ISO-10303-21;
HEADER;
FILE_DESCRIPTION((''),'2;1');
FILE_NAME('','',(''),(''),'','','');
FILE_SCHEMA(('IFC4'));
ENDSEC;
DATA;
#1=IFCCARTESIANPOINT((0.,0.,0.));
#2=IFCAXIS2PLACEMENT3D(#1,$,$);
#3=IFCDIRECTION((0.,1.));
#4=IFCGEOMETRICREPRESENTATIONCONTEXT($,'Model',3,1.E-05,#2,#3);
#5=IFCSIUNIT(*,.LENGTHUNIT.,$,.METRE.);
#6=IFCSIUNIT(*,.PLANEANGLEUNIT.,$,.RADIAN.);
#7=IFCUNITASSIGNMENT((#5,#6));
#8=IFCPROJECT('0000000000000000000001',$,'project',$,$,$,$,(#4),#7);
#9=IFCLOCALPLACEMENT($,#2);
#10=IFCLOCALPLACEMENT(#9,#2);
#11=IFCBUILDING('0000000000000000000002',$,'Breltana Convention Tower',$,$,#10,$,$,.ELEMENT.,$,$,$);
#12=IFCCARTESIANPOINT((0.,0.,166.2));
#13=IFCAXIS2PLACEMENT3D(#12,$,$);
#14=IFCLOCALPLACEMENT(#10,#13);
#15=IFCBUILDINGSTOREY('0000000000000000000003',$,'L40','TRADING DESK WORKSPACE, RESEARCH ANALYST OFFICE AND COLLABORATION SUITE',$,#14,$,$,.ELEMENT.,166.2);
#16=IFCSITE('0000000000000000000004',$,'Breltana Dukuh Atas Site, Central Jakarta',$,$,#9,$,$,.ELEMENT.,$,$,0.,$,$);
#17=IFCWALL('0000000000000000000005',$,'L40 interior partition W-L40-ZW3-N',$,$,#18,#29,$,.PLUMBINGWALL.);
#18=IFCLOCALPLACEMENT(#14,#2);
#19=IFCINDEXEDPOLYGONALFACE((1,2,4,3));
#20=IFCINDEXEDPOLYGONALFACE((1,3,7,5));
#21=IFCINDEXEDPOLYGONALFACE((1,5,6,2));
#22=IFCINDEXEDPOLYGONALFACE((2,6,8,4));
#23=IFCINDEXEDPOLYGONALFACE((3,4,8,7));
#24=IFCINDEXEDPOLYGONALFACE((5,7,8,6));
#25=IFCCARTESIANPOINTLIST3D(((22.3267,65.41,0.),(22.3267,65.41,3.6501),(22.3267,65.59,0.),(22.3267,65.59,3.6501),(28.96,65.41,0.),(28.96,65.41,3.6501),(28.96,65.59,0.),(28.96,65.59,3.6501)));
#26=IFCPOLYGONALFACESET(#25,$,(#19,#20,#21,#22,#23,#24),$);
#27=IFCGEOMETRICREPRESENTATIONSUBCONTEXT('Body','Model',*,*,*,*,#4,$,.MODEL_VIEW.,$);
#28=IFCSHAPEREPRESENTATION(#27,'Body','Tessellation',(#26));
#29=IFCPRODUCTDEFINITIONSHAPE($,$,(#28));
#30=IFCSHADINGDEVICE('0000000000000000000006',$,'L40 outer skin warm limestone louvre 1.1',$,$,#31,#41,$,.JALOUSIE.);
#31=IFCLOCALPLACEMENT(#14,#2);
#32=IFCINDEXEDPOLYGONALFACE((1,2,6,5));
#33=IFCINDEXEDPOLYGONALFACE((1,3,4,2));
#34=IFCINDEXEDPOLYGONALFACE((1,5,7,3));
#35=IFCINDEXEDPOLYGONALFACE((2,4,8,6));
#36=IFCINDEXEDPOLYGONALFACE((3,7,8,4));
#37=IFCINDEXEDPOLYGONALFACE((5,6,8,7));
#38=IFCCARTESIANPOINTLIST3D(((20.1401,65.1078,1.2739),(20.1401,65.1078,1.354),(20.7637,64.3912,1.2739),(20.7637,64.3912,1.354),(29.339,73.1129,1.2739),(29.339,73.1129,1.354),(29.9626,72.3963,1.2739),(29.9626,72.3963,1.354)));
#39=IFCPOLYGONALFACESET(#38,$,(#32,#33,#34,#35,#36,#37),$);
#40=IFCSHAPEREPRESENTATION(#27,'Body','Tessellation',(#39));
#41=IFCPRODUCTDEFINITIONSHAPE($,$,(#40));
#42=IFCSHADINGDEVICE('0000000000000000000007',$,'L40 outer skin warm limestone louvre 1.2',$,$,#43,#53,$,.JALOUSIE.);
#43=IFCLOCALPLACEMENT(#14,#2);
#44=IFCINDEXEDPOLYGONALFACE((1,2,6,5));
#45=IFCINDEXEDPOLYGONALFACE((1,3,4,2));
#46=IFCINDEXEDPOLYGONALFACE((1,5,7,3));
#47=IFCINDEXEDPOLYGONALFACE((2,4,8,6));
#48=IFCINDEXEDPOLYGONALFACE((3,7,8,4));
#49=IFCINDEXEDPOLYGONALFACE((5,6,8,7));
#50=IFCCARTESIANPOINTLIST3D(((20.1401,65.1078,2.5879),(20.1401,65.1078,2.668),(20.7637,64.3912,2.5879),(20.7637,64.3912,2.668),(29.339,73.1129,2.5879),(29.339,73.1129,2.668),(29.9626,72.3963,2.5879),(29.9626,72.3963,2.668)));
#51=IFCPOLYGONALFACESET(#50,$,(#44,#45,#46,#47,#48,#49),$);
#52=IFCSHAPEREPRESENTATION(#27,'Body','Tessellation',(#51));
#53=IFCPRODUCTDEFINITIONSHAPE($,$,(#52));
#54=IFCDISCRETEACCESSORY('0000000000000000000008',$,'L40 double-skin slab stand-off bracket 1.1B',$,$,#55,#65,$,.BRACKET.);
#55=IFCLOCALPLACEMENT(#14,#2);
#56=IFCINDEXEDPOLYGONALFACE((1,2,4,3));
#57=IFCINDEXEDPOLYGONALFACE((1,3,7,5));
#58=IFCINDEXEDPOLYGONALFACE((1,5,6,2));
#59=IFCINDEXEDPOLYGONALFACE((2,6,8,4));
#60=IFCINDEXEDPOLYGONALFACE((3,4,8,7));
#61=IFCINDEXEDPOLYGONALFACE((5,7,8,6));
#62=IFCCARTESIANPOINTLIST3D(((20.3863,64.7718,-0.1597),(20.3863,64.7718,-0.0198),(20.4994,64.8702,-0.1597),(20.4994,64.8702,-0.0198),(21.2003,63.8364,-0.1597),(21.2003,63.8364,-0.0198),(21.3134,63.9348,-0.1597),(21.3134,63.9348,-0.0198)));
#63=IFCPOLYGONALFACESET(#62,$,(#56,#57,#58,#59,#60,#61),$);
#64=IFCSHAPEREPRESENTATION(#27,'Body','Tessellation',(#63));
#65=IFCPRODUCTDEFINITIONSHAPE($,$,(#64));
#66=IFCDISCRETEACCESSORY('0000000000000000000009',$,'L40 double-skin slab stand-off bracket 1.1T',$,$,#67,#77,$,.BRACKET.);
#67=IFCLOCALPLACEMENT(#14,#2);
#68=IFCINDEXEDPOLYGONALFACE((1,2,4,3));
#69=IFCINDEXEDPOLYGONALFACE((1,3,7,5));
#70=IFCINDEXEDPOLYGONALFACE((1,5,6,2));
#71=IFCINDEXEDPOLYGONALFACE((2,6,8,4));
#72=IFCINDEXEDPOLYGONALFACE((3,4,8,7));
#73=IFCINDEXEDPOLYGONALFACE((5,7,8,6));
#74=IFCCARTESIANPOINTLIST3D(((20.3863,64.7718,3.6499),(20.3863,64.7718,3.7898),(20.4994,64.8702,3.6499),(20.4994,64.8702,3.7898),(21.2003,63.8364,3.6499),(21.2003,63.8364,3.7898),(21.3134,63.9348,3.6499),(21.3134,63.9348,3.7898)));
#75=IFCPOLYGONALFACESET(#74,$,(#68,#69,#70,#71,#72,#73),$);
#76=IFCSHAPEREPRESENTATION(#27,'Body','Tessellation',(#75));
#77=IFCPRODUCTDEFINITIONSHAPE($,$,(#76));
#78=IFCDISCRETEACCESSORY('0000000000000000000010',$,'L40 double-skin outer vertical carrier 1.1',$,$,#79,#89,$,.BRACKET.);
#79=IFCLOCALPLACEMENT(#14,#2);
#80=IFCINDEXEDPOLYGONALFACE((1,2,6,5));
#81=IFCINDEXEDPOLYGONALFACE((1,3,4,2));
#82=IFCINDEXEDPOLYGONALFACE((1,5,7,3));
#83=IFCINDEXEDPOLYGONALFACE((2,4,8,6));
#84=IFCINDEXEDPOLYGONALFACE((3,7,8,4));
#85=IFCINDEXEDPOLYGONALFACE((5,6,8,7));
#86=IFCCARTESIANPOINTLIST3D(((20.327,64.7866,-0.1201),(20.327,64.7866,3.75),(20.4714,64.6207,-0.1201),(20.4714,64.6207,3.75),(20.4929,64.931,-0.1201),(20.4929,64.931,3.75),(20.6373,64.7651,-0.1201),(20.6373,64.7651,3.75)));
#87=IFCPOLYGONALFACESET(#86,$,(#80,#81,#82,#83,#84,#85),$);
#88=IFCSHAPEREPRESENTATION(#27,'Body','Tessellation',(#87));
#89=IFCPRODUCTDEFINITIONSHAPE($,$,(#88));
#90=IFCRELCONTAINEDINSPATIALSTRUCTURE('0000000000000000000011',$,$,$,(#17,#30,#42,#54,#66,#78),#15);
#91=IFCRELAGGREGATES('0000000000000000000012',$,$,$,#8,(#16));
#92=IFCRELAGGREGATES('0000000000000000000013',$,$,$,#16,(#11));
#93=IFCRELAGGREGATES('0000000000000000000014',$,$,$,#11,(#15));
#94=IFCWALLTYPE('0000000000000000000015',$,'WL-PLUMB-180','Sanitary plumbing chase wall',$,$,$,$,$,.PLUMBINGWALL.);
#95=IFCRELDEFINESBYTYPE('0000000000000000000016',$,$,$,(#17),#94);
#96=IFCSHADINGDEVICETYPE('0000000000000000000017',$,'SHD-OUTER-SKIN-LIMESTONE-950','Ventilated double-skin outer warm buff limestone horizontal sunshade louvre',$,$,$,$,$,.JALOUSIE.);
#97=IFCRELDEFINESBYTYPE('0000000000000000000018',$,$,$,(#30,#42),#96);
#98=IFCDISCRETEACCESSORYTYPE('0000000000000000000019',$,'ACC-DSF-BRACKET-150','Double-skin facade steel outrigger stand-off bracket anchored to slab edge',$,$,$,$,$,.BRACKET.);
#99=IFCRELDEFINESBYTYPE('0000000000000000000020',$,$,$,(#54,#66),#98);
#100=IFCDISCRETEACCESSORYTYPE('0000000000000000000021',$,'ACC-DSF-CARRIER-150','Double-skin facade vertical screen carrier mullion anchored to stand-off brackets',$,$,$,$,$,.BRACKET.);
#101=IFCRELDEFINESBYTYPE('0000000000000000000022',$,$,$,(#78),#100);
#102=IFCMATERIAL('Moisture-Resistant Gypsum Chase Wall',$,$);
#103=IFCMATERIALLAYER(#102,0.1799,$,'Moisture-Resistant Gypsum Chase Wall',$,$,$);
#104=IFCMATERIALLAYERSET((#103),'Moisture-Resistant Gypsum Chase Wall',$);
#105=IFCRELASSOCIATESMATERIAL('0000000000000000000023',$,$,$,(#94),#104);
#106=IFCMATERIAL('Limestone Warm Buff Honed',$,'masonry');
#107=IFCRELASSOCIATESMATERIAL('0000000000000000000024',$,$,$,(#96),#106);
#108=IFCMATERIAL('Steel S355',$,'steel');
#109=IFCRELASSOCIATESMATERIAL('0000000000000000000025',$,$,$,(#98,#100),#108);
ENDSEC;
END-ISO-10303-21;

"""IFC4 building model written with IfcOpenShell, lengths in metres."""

from ifc_helpers import new_model, si_unit, direction, frame, frame_2d, origin, origin_2d, place, context, subcontext, project, spatial, rectangle, extrude, source, transform, mapped, material, layer, layer_set, material_profile, profile_set, type_object, type_shapes, element, save


model = new_model("IFC4")

# Units and contexts
model_context = context("Model", 3, precision=1e-05, world=origin(), true_north=direction((0.0, 1.0)))
body_context = subcontext(model_context, "Body", "Model", "MODEL_VIEW")
ifc_project = project(units=[si_unit("LENGTHUNIT", "METRE"), si_unit("PLANEANGLEUNIT", "RADIAN")], contexts=[model_context])

# Site, building, storey
site_placement = place(None, origin())
site = spatial("IfcSite", under=ifc_project, at=site_placement, Name="Breltana Dukuh Atas Site, Central Jakarta", CompositionType="ELEMENT", RefElevation=0.0)
building_placement = place(site_placement, origin())
building = spatial("IfcBuilding", under=site, at=building_placement, Name="Breltana Convention Tower", CompositionType="ELEMENT")
storey_placement = place(building_placement, frame((0.0, 0.0, 166.2)))
storey = spatial("IfcBuildingStorey", under=building, at=storey_placement, Name="L40", Description="TRADING DESK WORKSPACE, RESEARCH ANALYST OFFICE AND COLLABORATION SUITE", CompositionType="ELEMENT", Elevation=166.2)

# Wall
ifc_material_1 = material(Name="Moisture-Resistant Gypsum Chase Wall")
ifc_layer_1 = layer(ifc_material_1, 0.1799, Name="Moisture-Resistant Gypsum Chase Wall")
ifc_layer_set_1 = layer_set([ifc_layer_1], Name="Moisture-Resistant Gypsum Chase Wall")
wall_type_1 = type_object("IfcWallType", Name="WL-PLUMB-180", Description="Sanitary plumbing chase wall", PredefinedType="PLUMBINGWALL", material=ifc_layer_set_1)
shared_shape_1 = source(origin(), body_context, "Body", "SweptSolid", [
    extrude(rectangle(XDim=6.6333, YDim=0.1799, at=frame_2d((3.3167, 0.0))), origin(), (0.0, 0.0, 1.0), 3.6501),
])
wall_1_placement = place(storey_placement, frame((22.3267, 65.5, 0.0), z_axis=(0.0, 0.0, 1.0), x_axis=(1.0, 0.0, 0.0)))
element("IfcWall", 1, at=wall_1_placement, inside=storey, type_object=wall_type_1, Name="L40 interior partition W-L40-ZW3-N", PredefinedType="PLUMBINGWALL", context=body_context, shape_type="MappedRepresentation", body=[
    mapped(shared_shape_1, transform((0.0, 0.0, 0.0), scale=1.0)),
])

# Shading devices
ifc_material_2 = material(Name="Limestone Warm Buff Honed", Category="masonry")
ifc_material_profile_1 = material_profile(ifc_material_2, rectangle(XDim=0.95, YDim=0.0801, at=origin_2d()), Name="STN-LVR-950X80")
ifc_profile_set_1 = profile_set([ifc_material_profile_1], Name="Limestone Warm Buff Honed")
shading_device_type = type_object("IfcShadingDeviceType", Name="SHD-OUTER-SKIN-LIMESTONE-950", Description="Ventilated double-skin outer warm buff limestone horizontal sunshade louvre", PredefinedType="JALOUSIE", material=ifc_profile_set_1)
shared_shape_2 = source(origin(), body_context, "Body", "SweptSolid", [
    extrude(rectangle(XDim=0.95, YDim=0.0801, at=origin_2d()), origin(), (0.0, 0.0, 1.0), 12.1943),
])
type_shapes(shading_device_type, [shared_shape_2])
for number, where, z_axis, x_axis, name in (
    (2, (20.4519, 64.7495, 1.314), (0.754361, 0.65646, 0.0), (-0.65646, 0.754361, 0.0), "L40 outer skin warm limestone louvre 1.1"),
    (3, (20.4519, 64.7495, 2.6279), (0.754361, 0.65646, 0.0), (-0.65646, 0.754361, 0.0), "L40 outer skin warm limestone louvre 1.2"),
):
    element("IfcShadingDevice", number, at=place(storey_placement, frame(where, z_axis=z_axis, x_axis=x_axis)), inside=storey, type_object=shading_device_type, Name=name, PredefinedType="JALOUSIE", context=body_context, shape_type="MappedRepresentation", body=[
        mapped(shared_shape_2, transform((0.0, 0.0, 0.0), scale=1.0)),
    ])

# Discrete accessories
ifc_material_3 = material(Name="Steel S355", Category="steel")
discrete_accessory_type_1 = type_object("IfcDiscreteAccessoryType", Name="ACC-DSF-BRACKET-150", Description="Double-skin facade steel outrigger stand-off bracket anchored to slab edge", PredefinedType="BRACKET", material=ifc_material_3)
shared_shape_3 = source(origin(), body_context, "Body", "SweptSolid", [
    extrude(rectangle(XDim=1.24, YDim=0.1499, at=origin_2d()), origin(), (0.0, 0.0, 1.0), 0.1399),
])
type_shapes(discrete_accessory_type_1, [shared_shape_3])
for number, where, z_axis, x_axis, name in (
    (4, (20.8499, 64.3533, -0.1597), (0.0, 0.0, 1.0), (-0.656456, 0.754365, 0.0), "L40 double-skin slab stand-off bracket 1.1B"),
    (5, (20.8499, 64.3533, 3.6499), (0.0, 0.0, 1.0), (-0.656456, 0.754365, 0.0), "L40 double-skin slab stand-off bracket 1.1T"),
):
    element("IfcDiscreteAccessory", number, at=place(storey_placement, frame(where, z_axis=z_axis, x_axis=x_axis)), inside=storey, type_object=discrete_accessory_type_1, Name=name, PredefinedType="BRACKET", context=body_context, shape_type="MappedRepresentation", body=[
        mapped(shared_shape_3, transform((0.0, 0.0, 0.0), scale=1.0)),
    ])
discrete_accessory_type_2 = type_object("IfcDiscreteAccessoryType", Name="ACC-DSF-CARRIER-150", Description="Double-skin facade vertical screen carrier mullion anchored to stand-off brackets", PredefinedType="BRACKET", material=ifc_material_3)
shared_shape_4 = source(origin(), body_context, "Body", "SweptSolid", [
    extrude(rectangle(XDim=0.22, YDim=0.22, at=origin_2d()), origin(), (0.0, 0.0, 1.0), 3.8701),
])
discrete_accessory_placement = place(storey_placement, frame((20.4822, 64.7759, -0.1201), z_axis=(0.0, 0.0, 1.0), x_axis=(-0.656456, 0.754365, 0.0)))
element("IfcDiscreteAccessory", 6, at=discrete_accessory_placement, inside=storey, type_object=discrete_accessory_type_2, Name="L40 double-skin outer vertical carrier 1.1", PredefinedType="BRACKET", context=body_context, shape_type="MappedRepresentation", body=[
    mapped(shared_shape_4, transform((0.0, 0.0, 0.0), scale=1.0)),
])

save(model, "model.ifc")
